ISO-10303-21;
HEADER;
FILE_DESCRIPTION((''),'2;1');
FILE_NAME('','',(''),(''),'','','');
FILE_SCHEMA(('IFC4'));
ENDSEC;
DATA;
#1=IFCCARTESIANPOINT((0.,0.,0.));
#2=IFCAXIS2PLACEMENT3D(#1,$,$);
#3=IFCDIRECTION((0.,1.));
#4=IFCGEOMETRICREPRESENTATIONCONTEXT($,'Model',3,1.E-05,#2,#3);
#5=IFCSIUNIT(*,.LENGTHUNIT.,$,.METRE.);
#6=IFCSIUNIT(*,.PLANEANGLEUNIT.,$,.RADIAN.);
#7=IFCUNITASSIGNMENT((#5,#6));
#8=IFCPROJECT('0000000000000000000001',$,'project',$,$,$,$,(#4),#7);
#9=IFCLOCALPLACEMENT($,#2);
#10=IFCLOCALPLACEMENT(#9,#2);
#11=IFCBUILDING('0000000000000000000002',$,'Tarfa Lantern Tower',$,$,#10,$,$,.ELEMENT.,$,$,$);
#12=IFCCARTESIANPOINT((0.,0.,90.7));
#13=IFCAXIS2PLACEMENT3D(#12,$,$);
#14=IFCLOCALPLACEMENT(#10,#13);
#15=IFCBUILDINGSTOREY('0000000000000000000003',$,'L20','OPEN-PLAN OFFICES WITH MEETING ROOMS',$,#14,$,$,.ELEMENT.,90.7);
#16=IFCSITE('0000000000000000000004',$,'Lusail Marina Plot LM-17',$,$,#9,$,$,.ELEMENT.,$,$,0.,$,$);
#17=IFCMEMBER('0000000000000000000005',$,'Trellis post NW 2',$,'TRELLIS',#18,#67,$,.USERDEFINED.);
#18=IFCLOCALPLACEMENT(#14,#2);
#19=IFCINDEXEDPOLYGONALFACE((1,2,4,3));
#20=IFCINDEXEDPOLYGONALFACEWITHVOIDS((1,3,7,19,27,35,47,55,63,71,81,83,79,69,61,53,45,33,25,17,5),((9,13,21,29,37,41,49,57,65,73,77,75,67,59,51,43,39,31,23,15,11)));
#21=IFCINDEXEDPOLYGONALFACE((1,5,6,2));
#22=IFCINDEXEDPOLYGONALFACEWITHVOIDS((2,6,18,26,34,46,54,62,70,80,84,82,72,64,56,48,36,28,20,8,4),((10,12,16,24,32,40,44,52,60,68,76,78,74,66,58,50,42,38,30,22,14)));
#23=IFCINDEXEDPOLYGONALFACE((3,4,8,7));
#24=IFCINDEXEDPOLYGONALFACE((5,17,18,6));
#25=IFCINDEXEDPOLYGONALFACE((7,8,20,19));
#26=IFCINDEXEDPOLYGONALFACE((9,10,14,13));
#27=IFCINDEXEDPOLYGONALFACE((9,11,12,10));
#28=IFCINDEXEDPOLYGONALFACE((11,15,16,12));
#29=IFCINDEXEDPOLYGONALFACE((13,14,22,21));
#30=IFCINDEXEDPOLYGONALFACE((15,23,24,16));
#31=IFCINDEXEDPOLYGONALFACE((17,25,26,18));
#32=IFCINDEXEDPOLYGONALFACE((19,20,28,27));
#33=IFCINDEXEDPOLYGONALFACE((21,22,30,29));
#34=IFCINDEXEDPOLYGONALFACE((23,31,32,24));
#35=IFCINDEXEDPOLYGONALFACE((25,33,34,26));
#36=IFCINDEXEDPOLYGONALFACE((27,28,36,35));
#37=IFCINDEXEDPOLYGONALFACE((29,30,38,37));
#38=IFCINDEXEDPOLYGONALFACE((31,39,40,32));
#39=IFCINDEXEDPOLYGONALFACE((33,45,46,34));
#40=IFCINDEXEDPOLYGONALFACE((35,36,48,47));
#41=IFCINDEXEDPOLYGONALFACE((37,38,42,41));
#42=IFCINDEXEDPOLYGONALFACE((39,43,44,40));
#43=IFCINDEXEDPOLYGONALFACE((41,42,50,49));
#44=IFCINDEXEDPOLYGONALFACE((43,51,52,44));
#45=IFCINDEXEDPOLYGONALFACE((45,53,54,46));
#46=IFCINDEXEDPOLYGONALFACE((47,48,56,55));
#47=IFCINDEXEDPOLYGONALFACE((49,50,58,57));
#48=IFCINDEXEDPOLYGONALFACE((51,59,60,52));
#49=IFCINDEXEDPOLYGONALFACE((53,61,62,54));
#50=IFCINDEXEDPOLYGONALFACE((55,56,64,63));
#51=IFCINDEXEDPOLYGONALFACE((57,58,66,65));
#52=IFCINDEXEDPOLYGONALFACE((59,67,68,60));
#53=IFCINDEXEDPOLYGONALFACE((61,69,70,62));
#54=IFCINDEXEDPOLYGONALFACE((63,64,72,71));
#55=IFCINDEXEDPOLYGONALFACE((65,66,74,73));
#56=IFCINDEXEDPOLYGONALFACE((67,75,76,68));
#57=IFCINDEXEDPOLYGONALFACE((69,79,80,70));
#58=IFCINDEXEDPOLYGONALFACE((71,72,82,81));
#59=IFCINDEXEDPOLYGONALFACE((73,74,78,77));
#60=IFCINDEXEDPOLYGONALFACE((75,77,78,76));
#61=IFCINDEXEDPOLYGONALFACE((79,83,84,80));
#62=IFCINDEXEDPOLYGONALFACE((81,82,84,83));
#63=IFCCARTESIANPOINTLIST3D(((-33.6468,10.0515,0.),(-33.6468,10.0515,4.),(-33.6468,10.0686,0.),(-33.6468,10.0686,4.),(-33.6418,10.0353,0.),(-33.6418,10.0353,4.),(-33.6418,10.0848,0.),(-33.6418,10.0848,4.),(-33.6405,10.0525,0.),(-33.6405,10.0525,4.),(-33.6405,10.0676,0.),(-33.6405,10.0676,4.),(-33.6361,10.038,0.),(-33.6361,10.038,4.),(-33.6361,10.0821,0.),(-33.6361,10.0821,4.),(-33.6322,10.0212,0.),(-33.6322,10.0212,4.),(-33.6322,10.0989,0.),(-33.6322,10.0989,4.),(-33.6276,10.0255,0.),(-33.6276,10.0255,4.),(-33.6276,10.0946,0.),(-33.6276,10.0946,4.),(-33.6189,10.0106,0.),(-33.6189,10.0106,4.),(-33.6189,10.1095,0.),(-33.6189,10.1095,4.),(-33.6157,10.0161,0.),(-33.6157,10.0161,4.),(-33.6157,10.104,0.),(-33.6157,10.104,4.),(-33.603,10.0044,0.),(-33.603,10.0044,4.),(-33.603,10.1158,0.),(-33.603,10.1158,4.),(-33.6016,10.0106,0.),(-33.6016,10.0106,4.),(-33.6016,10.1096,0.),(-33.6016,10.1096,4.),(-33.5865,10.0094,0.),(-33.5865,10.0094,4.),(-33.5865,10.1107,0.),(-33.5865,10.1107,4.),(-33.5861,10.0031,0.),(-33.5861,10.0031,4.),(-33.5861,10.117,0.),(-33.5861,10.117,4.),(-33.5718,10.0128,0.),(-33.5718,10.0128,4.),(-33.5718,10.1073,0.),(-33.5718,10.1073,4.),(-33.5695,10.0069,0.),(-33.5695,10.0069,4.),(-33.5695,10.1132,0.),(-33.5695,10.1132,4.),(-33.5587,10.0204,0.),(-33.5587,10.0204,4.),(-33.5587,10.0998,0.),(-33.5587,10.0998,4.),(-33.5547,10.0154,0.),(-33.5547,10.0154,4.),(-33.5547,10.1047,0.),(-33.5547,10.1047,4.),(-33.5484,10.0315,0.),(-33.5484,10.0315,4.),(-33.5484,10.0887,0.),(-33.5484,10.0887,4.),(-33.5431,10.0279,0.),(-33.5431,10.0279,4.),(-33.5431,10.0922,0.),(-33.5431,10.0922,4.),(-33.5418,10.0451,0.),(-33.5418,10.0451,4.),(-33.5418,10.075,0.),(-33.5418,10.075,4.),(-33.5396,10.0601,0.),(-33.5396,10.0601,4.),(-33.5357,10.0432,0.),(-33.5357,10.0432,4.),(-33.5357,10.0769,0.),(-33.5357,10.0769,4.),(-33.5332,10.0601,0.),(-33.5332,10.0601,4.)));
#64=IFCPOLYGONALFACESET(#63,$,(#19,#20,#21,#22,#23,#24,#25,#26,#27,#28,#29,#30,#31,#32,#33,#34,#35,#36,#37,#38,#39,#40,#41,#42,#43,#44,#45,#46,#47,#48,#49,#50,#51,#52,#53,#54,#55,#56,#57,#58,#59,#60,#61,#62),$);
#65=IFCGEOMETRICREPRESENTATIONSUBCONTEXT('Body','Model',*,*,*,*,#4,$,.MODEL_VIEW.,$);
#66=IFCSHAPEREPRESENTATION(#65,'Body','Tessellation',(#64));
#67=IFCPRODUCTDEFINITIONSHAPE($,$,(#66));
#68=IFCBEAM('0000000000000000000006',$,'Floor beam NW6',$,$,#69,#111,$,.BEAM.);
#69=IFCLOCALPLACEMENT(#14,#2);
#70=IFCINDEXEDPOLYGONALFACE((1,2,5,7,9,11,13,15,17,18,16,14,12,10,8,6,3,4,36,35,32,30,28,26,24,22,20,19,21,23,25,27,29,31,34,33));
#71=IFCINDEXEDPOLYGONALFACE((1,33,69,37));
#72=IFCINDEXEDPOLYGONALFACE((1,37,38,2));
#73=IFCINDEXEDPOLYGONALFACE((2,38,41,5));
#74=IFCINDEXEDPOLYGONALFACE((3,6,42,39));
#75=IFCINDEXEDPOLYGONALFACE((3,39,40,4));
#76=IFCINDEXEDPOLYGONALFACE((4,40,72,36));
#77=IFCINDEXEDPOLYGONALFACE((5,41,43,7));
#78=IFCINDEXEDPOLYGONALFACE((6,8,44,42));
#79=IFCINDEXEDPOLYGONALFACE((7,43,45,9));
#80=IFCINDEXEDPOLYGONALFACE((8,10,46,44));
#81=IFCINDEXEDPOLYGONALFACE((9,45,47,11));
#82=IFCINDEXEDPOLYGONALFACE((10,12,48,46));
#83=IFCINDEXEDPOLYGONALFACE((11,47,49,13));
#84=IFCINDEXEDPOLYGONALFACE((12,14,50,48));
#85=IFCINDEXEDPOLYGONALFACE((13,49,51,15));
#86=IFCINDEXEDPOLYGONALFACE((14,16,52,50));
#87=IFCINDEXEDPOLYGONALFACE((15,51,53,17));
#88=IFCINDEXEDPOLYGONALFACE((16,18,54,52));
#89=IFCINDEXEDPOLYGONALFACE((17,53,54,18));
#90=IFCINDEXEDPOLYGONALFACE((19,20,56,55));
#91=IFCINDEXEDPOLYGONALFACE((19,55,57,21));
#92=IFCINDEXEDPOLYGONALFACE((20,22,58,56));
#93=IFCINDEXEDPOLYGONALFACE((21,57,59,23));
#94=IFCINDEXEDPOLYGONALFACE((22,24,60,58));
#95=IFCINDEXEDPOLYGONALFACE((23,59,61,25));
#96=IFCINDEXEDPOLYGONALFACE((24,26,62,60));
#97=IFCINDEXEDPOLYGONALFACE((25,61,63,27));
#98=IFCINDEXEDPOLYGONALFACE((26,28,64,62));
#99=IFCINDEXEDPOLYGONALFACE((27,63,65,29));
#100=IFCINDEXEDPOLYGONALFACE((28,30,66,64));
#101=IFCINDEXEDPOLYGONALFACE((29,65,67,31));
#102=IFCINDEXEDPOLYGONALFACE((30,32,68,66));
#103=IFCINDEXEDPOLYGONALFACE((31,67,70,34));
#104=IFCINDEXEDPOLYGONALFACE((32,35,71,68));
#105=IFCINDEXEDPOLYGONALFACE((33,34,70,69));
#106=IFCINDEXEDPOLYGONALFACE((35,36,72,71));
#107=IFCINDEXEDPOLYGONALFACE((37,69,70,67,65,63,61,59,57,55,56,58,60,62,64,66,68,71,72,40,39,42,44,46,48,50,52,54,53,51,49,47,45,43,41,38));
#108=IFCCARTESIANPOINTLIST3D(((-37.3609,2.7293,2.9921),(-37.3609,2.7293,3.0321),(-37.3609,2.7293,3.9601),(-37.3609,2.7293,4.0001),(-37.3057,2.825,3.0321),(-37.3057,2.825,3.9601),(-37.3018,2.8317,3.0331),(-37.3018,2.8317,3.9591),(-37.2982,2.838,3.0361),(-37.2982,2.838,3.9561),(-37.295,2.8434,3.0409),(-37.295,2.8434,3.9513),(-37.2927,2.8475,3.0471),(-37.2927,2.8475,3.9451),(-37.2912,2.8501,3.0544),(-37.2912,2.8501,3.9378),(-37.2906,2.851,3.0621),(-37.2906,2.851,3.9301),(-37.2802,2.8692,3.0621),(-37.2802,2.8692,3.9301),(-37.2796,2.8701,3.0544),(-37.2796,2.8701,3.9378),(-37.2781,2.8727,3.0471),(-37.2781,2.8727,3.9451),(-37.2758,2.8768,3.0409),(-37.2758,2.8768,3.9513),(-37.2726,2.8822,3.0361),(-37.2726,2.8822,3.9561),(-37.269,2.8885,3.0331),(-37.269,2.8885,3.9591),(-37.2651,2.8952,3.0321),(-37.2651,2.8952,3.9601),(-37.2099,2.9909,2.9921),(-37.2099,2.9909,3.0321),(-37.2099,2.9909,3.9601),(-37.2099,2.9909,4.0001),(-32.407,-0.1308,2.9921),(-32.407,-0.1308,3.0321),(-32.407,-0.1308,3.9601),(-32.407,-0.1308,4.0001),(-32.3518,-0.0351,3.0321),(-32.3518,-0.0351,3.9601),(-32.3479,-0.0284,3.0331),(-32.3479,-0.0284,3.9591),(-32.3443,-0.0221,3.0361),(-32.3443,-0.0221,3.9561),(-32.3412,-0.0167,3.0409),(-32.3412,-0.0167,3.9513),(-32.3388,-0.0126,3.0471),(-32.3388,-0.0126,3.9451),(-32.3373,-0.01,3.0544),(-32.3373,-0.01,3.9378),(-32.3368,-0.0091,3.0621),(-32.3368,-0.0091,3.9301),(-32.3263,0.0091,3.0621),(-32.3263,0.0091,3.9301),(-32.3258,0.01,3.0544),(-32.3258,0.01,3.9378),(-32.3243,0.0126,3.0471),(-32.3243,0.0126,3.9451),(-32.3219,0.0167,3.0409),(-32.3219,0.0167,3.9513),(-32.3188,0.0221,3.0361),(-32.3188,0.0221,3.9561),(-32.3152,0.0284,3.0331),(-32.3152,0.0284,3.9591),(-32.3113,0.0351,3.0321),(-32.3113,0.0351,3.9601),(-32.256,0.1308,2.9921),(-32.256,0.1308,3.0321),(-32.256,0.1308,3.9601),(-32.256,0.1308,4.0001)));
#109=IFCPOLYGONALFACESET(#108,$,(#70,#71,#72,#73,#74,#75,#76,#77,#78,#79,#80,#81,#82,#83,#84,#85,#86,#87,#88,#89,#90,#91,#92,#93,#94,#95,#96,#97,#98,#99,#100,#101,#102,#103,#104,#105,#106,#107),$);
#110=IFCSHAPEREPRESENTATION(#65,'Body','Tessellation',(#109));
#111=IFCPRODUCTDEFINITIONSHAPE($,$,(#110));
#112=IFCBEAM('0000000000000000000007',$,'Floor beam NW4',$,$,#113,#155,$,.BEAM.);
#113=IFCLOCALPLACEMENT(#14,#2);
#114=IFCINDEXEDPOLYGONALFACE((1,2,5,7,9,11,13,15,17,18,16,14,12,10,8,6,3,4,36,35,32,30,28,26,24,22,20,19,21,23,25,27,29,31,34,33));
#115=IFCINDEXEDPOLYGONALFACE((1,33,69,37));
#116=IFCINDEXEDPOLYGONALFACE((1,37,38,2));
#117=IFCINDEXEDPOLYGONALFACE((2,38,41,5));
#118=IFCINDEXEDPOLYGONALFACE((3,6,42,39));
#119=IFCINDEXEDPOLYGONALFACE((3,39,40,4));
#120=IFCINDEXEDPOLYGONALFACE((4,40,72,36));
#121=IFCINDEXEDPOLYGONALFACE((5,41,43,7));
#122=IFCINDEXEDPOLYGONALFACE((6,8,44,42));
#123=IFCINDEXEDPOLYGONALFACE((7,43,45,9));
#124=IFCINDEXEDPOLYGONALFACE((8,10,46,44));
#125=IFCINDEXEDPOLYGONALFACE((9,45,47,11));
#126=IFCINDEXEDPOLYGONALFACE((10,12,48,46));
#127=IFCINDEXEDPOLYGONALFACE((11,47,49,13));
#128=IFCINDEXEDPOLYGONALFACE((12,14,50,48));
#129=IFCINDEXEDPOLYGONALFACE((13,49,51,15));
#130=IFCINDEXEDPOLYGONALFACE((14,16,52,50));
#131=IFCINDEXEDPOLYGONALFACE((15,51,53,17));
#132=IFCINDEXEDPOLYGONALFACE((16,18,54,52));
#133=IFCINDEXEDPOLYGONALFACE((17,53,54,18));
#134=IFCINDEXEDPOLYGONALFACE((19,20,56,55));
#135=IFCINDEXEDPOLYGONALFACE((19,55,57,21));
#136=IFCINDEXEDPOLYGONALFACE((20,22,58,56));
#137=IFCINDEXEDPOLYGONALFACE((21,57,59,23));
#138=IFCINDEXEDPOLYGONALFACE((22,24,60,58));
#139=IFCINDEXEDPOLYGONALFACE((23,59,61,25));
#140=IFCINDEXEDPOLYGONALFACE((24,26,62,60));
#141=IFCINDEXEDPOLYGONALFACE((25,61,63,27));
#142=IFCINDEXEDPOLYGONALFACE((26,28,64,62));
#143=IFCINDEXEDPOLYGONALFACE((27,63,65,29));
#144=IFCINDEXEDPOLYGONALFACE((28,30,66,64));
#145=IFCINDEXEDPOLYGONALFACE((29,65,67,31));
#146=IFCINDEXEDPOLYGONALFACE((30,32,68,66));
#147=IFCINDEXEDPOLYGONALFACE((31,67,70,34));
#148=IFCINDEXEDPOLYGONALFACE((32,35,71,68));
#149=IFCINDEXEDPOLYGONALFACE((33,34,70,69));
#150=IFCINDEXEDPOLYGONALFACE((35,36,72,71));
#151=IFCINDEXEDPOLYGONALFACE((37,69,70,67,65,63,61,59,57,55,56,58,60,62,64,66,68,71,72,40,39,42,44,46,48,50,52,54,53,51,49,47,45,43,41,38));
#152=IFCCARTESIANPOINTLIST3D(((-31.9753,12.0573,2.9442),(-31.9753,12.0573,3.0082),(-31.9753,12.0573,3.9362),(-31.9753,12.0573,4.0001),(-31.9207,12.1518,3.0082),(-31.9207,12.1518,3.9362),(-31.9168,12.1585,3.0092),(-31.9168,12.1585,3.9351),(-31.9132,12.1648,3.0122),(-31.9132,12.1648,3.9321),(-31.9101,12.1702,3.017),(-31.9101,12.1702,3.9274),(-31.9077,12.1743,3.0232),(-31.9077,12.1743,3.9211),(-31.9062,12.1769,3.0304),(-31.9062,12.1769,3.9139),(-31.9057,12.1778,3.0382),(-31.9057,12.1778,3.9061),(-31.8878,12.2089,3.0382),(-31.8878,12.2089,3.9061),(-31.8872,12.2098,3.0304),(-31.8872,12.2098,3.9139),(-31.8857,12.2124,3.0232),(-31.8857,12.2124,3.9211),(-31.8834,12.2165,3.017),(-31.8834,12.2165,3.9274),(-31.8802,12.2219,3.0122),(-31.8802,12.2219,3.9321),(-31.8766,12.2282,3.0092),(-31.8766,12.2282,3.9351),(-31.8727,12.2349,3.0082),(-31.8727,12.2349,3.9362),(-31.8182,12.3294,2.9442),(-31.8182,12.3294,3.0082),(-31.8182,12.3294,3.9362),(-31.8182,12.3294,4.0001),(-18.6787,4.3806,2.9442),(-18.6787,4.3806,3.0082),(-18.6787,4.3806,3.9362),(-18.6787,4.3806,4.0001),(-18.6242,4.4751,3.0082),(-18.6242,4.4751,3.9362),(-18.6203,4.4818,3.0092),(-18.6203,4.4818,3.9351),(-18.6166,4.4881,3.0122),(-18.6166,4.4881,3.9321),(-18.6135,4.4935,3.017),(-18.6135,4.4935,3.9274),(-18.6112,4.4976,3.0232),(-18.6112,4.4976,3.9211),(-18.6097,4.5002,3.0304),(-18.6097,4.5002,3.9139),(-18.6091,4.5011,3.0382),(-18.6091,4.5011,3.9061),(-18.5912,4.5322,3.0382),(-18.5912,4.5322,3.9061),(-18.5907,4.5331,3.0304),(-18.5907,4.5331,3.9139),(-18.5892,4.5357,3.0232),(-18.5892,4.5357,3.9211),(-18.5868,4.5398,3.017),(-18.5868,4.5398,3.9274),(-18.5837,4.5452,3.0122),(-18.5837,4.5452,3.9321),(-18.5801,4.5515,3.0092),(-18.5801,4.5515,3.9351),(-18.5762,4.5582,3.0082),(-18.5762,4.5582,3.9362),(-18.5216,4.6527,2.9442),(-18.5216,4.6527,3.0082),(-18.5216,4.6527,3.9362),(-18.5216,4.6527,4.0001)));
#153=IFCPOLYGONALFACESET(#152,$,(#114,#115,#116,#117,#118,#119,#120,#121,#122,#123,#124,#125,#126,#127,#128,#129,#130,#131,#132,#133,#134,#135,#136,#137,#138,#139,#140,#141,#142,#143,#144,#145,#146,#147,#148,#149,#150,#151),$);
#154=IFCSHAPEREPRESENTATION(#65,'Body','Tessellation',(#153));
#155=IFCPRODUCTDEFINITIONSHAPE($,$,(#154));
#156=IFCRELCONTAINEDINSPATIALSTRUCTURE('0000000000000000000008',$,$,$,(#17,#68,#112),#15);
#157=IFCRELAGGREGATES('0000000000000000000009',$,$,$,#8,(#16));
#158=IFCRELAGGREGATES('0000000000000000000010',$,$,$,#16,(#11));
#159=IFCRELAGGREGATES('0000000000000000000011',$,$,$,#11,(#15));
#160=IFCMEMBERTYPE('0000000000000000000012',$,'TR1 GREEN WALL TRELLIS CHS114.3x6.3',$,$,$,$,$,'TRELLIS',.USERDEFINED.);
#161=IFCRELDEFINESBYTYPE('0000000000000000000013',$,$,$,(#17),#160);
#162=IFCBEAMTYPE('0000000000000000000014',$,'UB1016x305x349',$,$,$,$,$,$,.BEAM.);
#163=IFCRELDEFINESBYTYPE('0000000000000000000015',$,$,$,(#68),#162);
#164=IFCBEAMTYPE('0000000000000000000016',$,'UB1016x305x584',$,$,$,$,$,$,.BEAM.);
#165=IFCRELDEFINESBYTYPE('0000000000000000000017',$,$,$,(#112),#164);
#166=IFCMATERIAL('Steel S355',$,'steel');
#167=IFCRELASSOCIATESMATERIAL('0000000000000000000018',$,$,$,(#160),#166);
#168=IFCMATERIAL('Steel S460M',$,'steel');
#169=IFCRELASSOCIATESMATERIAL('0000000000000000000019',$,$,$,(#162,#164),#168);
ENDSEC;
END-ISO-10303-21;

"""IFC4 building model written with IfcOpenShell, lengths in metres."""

from ifc_helpers import new_model, si_unit, direction, frame, origin, origin_2d, place, context, subcontext, project, spatial, hollow_circle, i_section, extrude, material, material_profile, profile_set, type_object, element, save


model = new_model("IFC4")

# Units and contexts
model_context = context("Model", 3, precision=1e-05, world=origin(), true_north=direction((0.0, 1.0)))
body_context = subcontext(model_context, "Body", "Model", "MODEL_VIEW")
ifc_project = project(units=[si_unit("LENGTHUNIT", "METRE"), si_unit("PLANEANGLEUNIT", "RADIAN")], contexts=[model_context])

# Site, building, storey
site_placement = place(None, origin())
site = spatial("IfcSite", under=ifc_project, at=site_placement, Name="Lusail Marina Plot LM-17", CompositionType="ELEMENT", RefElevation=0.0)
building_placement = place(site_placement, origin())
building = spatial("IfcBuilding", under=site, at=building_placement, Name="Tarfa Lantern Tower", CompositionType="ELEMENT")
storey_placement = place(building_placement, frame((0.0, 0.0, 90.7)))
storey = spatial("IfcBuildingStorey", under=building, at=storey_placement, Name="L20", Description="OPEN-PLAN OFFICES WITH MEETING ROOMS", CompositionType="ELEMENT", Elevation=90.7)

# Member
ifc_material_1 = material(Name="Steel S355", Category="steel")
ifc_material_profile_1 = material_profile(ifc_material_1, hollow_circle(Radius=0.0571, WallThickness=0.0063, at=origin_2d()), Name="CHS114.3x6.3")
ifc_profile_set_1 = profile_set([ifc_material_profile_1], Name="Steel S355")
member_type_1 = type_object("IfcMemberType", Name="TR1 GREEN WALL TRELLIS CHS114.3x6.3", ElementType="TRELLIS", PredefinedType="USERDEFINED", material=ifc_profile_set_1)
member_1_placement = place(storey_placement, frame((-33.5903, 10.0601, 0.0), z_axis=(0.0, 0.0, 1.0), x_axis=(1.0, 0.0, 0.0)))
element("IfcMember", 1, at=member_1_placement, inside=storey, type_object=member_type_1, Name="Trellis post NW 2", ObjectType="TRELLIS", PredefinedType="USERDEFINED", context=body_context, shape_type="SweptSolid", body=[
    extrude(hollow_circle(Radius=0.0571, WallThickness=0.0063, at=origin_2d()), origin(), (0.0, 0.0, 1.0), 4.0),
])

# Beams
ifc_material_2 = material(Name="Steel S460M", Category="steel")
ifc_material_profile_2 = material_profile(ifc_material_2, i_section(OverallWidth=0.302, OverallDepth=1.0081, WebThickness=0.021, FlangeThickness=0.04, FilletRadius=0.03, at=origin_2d()), Name="UB1016x305x349")
ifc_profile_set_2 = profile_set([ifc_material_profile_2], Name="Steel S460M")
beam_type_1 = type_object("IfcBeamType", Name="UB1016x305x349", PredefinedType="BEAM", material=ifc_profile_set_2)
beam_1_placement = place(storey_placement, frame((-37.2854, 2.8601, 3.4961), z_axis=(0.866026, -0.5, 0.0), x_axis=(0.5, 0.866026, 0.0)))
element("IfcBeam", 2, at=beam_1_placement, inside=storey, type_object=beam_type_1, Name="Floor beam NW6", PredefinedType="BEAM", context=body_context, shape_type="SweptSolid", body=[
    extrude(i_section(OverallWidth=0.302, OverallDepth=1.0081, WebThickness=0.021, FlangeThickness=0.04, FilletRadius=0.03, at=origin_2d()), origin(), (0.0, 0.0, 1.0), 5.7202),
])
ifc_material_profile_3 = material_profile(ifc_material_2, i_section(OverallWidth=0.3142, OverallDepth=1.0559, WebThickness=0.0359, FlangeThickness=0.064, FilletRadius=0.03, at=origin_2d()), Name="UB1016x305x584")
ifc_profile_set_3 = profile_set([ifc_material_profile_3], Name="Steel S460M")
beam_type_2 = type_object("IfcBeamType", Name="UB1016x305x584", PredefinedType="BEAM", material=ifc_profile_set_3)
beam_2_placement = place(storey_placement, frame((-31.8967, 12.1934, 3.4722), z_axis=(0.866027, -0.499997, 0.0), x_axis=(0.499997, 0.866027, 0.0)))
element("IfcBeam", 3, at=beam_2_placement, inside=storey, type_object=beam_type_2, Name="Floor beam NW4", PredefinedType="BEAM", context=body_context, shape_type="SweptSolid", body=[
    extrude(i_section(OverallWidth=0.3142, OverallDepth=1.0559, WebThickness=0.0359, FlangeThickness=0.064, FilletRadius=0.03, at=origin_2d()), origin(), (0.0, 0.0, 1.0), 15.3535),
])

save(model, "model.ifc")
